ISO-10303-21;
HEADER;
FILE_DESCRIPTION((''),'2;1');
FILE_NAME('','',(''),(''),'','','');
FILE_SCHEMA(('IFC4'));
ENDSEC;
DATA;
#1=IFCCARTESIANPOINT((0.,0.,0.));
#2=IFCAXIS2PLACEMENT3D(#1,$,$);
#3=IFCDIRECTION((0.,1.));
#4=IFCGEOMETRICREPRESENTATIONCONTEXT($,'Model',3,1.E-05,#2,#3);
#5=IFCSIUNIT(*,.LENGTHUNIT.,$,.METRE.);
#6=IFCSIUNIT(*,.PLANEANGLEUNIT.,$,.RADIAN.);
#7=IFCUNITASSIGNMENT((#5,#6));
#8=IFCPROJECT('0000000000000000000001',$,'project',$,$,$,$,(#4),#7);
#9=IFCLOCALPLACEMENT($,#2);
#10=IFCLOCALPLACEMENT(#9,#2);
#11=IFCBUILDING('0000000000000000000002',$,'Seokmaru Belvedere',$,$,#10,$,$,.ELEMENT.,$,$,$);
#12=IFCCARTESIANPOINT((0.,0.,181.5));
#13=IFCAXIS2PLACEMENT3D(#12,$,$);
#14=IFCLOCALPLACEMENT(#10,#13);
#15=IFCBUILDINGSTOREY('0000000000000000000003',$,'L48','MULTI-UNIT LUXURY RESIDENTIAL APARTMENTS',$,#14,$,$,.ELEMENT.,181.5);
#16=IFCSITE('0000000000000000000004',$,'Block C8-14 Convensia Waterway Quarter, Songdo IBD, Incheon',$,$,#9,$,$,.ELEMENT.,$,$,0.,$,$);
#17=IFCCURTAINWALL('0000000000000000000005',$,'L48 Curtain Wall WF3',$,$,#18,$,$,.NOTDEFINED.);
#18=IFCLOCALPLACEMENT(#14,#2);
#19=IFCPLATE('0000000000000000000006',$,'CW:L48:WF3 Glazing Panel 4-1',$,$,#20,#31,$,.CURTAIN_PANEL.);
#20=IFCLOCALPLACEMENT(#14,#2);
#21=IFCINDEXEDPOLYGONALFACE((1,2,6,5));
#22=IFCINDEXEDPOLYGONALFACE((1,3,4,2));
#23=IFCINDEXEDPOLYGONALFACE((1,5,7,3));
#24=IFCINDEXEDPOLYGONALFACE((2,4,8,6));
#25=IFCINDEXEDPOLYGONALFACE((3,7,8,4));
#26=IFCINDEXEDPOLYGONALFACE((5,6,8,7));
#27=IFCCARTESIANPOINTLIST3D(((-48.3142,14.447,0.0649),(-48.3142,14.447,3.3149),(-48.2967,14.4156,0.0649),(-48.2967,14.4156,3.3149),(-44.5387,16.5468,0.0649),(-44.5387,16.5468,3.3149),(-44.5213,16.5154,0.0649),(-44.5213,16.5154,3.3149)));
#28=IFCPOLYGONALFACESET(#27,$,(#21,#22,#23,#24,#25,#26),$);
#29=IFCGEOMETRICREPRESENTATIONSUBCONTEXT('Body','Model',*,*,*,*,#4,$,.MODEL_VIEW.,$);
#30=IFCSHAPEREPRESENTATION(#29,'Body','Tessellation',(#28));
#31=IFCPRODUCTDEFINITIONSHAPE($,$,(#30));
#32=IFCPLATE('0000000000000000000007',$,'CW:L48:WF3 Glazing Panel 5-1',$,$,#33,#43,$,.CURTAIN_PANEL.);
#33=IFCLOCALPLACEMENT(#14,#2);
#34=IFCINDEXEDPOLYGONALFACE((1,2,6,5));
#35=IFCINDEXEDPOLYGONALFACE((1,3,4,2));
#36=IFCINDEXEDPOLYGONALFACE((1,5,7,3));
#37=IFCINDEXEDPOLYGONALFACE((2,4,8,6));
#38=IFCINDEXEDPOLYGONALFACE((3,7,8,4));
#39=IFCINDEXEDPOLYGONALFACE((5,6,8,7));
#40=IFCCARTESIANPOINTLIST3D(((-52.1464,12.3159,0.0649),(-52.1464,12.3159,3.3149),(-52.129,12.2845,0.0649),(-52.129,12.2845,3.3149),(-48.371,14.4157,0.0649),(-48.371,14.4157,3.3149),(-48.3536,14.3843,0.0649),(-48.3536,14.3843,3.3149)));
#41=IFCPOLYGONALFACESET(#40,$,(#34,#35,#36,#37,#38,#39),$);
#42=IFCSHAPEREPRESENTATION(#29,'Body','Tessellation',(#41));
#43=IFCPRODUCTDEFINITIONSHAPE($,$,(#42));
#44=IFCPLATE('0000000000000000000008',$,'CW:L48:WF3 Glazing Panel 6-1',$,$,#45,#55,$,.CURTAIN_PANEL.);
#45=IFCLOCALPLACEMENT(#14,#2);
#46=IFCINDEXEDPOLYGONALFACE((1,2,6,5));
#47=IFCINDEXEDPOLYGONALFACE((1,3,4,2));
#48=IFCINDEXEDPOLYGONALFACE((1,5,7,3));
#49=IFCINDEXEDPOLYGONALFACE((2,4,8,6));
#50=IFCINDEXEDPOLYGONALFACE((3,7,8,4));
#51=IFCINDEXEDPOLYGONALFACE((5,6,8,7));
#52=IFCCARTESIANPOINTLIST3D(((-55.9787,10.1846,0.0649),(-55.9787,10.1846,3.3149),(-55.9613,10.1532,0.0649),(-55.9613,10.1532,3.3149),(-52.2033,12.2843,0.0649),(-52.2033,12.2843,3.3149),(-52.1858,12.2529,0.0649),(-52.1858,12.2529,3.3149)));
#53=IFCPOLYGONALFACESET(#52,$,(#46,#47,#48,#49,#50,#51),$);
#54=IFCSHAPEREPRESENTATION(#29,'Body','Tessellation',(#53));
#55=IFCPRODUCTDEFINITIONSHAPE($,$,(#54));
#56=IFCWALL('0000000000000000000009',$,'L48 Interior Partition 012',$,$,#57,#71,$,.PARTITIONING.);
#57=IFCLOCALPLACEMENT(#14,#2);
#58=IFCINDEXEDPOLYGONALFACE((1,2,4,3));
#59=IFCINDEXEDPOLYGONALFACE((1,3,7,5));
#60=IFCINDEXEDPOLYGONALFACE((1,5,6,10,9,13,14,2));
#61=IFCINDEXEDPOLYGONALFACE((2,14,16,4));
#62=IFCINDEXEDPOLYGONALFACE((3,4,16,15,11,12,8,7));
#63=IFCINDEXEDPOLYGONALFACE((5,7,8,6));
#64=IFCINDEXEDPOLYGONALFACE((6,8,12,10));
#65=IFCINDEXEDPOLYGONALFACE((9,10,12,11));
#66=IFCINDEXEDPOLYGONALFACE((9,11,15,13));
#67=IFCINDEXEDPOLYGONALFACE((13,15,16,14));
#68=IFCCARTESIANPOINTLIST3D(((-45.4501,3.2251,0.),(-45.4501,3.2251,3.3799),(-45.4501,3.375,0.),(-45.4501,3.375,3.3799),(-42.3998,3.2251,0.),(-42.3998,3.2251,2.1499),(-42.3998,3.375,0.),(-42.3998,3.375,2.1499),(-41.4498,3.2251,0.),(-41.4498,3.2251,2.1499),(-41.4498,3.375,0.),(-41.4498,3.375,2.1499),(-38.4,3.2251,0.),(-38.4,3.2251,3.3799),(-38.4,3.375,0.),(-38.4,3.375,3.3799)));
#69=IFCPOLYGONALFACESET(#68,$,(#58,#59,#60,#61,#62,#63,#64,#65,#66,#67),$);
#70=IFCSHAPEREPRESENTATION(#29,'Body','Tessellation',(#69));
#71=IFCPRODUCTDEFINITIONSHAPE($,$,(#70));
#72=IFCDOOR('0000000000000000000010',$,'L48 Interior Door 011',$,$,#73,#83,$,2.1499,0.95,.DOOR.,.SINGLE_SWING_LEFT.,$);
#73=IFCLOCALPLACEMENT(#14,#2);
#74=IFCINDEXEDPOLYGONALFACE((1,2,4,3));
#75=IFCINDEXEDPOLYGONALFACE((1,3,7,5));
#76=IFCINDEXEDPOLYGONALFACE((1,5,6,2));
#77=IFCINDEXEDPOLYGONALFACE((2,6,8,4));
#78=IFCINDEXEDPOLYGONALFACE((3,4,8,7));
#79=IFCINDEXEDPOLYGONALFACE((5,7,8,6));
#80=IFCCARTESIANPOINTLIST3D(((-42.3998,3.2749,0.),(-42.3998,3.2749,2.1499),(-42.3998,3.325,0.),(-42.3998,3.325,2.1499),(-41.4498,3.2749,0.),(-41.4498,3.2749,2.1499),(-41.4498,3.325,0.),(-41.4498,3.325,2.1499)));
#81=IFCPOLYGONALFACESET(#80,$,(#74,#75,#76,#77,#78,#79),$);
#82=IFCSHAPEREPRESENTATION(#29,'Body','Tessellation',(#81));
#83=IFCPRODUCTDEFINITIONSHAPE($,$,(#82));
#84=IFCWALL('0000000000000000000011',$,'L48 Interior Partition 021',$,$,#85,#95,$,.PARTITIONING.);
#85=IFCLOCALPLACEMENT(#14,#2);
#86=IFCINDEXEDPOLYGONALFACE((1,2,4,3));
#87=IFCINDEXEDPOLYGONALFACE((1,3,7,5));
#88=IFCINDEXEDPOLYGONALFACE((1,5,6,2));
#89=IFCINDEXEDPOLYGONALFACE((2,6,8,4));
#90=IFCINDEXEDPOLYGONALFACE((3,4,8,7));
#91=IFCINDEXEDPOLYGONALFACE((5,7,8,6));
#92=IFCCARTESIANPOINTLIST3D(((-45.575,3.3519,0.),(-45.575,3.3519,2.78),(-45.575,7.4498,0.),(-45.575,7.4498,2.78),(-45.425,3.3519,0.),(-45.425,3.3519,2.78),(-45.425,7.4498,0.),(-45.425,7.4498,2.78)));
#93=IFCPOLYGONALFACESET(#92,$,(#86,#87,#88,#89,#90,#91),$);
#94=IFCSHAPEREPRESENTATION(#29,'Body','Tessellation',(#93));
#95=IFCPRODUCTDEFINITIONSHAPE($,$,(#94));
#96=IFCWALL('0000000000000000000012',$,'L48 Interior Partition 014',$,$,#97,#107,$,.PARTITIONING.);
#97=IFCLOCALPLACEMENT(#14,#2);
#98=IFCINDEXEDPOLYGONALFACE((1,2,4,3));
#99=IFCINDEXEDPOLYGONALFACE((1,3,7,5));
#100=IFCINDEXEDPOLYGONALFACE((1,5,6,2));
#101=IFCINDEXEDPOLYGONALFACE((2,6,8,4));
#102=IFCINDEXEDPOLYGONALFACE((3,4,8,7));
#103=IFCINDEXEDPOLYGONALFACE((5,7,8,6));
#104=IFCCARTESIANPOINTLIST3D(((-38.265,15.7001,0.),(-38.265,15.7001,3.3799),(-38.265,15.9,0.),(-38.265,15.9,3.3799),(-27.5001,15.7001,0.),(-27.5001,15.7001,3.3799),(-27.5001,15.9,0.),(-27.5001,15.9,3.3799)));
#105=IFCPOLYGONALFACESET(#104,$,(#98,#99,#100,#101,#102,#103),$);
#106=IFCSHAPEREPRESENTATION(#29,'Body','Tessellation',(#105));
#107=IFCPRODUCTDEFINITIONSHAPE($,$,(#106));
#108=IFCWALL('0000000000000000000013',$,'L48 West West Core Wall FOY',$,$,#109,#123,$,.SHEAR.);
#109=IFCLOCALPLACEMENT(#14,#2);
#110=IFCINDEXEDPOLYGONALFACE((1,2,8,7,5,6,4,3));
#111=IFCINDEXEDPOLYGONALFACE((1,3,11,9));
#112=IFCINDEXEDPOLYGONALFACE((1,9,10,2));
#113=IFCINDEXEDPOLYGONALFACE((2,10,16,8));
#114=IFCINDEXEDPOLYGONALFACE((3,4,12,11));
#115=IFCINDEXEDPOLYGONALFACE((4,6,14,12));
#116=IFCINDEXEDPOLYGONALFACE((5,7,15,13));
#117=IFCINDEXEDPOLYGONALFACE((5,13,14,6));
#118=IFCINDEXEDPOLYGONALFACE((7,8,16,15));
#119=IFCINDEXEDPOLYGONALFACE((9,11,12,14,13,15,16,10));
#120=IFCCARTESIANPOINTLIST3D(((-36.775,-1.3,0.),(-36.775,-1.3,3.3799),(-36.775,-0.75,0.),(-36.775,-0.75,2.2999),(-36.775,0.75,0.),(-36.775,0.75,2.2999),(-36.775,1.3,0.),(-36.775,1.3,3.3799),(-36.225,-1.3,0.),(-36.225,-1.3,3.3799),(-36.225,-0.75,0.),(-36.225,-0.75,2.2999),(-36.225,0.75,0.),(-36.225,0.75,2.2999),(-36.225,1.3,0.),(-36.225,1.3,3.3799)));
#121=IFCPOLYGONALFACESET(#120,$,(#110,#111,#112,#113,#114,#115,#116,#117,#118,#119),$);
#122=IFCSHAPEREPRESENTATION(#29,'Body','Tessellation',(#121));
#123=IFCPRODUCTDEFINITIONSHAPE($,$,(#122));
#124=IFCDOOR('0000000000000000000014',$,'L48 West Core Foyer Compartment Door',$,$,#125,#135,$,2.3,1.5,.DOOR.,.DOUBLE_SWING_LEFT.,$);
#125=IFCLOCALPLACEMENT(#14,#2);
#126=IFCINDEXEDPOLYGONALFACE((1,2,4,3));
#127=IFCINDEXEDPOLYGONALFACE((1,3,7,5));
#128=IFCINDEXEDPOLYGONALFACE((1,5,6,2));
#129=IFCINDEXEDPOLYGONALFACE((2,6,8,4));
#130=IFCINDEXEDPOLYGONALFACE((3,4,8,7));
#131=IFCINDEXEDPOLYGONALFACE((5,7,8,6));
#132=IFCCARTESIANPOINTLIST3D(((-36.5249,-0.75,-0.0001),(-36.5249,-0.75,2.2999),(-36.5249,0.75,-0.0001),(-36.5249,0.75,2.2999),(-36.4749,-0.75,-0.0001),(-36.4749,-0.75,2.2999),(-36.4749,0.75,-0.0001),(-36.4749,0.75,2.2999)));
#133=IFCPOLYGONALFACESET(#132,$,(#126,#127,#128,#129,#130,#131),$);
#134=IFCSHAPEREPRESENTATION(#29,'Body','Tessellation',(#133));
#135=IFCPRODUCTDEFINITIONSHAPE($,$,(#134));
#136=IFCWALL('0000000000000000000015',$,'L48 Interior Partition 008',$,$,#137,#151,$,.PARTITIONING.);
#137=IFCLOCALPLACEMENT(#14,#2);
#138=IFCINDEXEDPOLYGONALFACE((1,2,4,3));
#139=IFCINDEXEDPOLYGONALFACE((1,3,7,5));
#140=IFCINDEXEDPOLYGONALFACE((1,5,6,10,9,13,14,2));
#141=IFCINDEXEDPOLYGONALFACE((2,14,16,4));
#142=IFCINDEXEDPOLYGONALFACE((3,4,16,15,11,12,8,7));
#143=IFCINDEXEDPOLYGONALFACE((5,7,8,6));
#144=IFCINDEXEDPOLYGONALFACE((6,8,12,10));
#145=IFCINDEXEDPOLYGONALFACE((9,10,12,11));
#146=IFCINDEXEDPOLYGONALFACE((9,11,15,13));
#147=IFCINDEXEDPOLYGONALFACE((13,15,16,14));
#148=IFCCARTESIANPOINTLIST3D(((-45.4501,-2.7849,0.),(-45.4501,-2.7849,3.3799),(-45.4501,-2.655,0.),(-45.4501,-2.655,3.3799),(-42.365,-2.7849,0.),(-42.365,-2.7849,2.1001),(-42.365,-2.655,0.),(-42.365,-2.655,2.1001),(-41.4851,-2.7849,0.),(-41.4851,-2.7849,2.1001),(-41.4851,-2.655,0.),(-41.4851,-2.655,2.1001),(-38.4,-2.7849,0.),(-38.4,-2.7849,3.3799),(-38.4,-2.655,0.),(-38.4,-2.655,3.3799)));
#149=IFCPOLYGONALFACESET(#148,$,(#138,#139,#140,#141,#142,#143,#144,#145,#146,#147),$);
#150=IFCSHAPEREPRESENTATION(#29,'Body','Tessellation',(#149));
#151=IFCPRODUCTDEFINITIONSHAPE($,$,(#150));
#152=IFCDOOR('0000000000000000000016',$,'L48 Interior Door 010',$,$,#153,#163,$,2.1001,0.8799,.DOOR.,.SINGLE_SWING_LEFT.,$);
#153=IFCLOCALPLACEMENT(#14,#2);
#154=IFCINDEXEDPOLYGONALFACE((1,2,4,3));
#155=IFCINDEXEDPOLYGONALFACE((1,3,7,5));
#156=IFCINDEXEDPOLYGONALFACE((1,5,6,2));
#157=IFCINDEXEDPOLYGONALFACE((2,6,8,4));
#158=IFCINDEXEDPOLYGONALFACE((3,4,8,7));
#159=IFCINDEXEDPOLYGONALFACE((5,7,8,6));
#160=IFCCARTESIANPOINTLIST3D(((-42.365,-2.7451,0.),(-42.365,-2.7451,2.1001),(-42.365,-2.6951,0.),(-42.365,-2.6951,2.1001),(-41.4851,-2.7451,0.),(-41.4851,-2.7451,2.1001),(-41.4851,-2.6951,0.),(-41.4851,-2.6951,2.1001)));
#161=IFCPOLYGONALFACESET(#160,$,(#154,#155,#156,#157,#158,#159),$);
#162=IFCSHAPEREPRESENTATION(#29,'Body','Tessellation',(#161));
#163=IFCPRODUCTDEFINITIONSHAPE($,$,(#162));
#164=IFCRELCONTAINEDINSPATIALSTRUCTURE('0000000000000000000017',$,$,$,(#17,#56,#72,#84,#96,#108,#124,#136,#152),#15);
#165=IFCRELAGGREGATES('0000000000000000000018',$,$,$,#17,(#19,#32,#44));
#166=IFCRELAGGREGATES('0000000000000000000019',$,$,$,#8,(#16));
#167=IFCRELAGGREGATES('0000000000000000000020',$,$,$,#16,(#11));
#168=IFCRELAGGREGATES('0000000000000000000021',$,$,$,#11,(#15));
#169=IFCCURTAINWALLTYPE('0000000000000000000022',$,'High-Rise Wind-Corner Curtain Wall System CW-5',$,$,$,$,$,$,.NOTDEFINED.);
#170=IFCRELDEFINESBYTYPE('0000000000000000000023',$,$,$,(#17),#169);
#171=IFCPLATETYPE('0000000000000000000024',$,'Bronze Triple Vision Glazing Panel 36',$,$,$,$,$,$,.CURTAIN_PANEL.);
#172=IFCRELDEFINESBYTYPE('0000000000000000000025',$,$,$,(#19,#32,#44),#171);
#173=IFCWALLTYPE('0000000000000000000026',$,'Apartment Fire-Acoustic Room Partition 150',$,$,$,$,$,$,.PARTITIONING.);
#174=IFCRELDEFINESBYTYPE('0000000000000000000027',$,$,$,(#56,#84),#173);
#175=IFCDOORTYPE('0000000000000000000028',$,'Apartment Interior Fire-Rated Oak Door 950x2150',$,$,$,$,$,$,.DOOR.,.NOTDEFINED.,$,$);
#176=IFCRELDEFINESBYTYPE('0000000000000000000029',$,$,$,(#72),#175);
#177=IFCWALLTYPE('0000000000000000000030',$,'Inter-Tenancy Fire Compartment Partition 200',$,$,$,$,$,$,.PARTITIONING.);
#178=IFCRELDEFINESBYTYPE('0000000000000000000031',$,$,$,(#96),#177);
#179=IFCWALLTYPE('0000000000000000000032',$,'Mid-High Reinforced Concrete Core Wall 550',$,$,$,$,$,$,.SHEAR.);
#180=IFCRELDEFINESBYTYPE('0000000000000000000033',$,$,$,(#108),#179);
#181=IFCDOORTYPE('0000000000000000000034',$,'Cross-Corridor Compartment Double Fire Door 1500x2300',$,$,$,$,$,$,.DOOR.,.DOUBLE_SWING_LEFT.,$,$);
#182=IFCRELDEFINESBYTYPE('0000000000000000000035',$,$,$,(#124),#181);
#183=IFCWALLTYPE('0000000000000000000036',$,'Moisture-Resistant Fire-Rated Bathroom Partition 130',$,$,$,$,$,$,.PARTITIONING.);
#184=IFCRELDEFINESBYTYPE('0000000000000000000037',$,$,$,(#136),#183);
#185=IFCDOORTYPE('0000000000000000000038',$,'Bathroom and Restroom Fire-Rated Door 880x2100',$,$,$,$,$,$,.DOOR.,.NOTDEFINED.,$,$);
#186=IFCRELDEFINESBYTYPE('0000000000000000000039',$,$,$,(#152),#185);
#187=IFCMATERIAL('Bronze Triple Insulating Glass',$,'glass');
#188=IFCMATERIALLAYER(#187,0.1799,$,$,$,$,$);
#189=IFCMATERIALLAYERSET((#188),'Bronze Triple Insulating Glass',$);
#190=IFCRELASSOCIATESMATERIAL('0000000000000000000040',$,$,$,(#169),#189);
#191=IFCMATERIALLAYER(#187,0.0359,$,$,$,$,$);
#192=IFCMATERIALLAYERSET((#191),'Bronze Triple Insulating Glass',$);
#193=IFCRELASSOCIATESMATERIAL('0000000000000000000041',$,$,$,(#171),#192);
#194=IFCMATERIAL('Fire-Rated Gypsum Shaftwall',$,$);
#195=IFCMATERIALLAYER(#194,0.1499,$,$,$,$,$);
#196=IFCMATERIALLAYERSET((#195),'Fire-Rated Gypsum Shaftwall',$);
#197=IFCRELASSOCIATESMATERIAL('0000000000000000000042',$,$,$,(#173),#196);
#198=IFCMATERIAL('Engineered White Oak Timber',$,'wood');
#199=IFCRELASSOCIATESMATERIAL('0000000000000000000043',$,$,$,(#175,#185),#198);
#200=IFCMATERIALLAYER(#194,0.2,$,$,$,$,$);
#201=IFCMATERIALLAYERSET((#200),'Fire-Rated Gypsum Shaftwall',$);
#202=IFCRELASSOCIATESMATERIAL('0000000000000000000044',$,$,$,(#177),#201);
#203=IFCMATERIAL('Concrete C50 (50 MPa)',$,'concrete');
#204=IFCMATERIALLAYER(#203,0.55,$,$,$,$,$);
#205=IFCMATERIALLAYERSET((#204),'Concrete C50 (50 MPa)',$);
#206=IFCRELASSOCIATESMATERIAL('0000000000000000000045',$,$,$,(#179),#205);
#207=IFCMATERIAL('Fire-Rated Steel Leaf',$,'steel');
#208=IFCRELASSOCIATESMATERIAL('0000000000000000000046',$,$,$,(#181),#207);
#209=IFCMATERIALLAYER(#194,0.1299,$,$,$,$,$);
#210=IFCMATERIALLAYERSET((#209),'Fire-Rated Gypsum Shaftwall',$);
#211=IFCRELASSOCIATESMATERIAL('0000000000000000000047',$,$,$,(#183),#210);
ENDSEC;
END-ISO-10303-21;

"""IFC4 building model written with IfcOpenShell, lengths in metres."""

from ifc_helpers import new_model, si_unit, direction, frame, frame_2d, origin, origin_2d, place, context, subcontext, project, spatial, rectangle, extrude, source, transform, mapped, material, layer, layer_set, type_object, type_shapes, element, fill, aggregate, save


model = new_model("IFC4")

# Units and contexts
model_context = context("Model", 3, precision=1e-05, world=origin(), true_north=direction((0.0, 1.0)))
body_context = subcontext(model_context, "Body", "Model", "MODEL_VIEW")
ifc_project = project(units=[si_unit("LENGTHUNIT", "METRE"), si_unit("PLANEANGLEUNIT", "RADIAN")], contexts=[model_context])

# Site, building, storey
site_placement = place(None, origin())
site = spatial("IfcSite", under=ifc_project, at=site_placement, Name="Block C8-14 Convensia Waterway Quarter, Songdo IBD, Incheon", CompositionType="ELEMENT", RefElevation=0.0)
building_placement = place(site_placement, origin())
building = spatial("IfcBuilding", under=site, at=building_placement, Name="Seokmaru Belvedere", CompositionType="ELEMENT")
storey_placement = place(building_placement, frame((0.0, 0.0, 181.5)))
storey = spatial("IfcBuildingStorey", under=building, at=storey_placement, Name="L48", Description="MULTI-UNIT LUXURY RESIDENTIAL APARTMENTS", CompositionType="ELEMENT", Elevation=181.5)

# Curtain wall, plates
ifc_material_1 = material(Name="Bronze Triple Insulating Glass", Category="glass")
ifc_layer_1 = layer(ifc_material_1, 0.1799)
ifc_layer_set_1 = layer_set([ifc_layer_1], Name="Bronze Triple Insulating Glass")
curtain_wall_type = type_object("IfcCurtainWallType", Name="High-Rise Wind-Corner Curtain Wall System CW-5", PredefinedType="NOTDEFINED", material=ifc_layer_set_1)
curtain_wall_placement = place(storey_placement, origin())
curtain_wall = element("IfcCurtainWall", 1, at=curtain_wall_placement, inside=storey, type_object=curtain_wall_type, Name="L48 Curtain Wall WF3", PredefinedType="NOTDEFINED")
ifc_layer_2 = layer(ifc_material_1, 0.0359)
ifc_layer_set_2 = layer_set([ifc_layer_2], Name="Bronze Triple Insulating Glass")
plate_type = type_object("IfcPlateType", Name="Bronze Triple Vision Glazing Panel 36", PredefinedType="CURTAIN_PANEL", material=ifc_layer_set_2)
shared_shape_1 = source(origin(), body_context, "Body", "SweptSolid", [
    extrude(rectangle(XDim=4.3201, YDim=0.0359, at=origin_2d()), origin(), (0.0, 0.0, 1.0), 3.25),
])
type_shapes(plate_type, [shared_shape_1])
plate_1_placement = place(storey_placement, frame((-46.4177, 15.4812, 0.0649), z_axis=(0.0, 0.0, 1.0), x_axis=(-0.873933, -0.486047, 0.0)))
plate_1 = element("IfcPlate", 2, at=plate_1_placement, type_object=plate_type, Name="CW:L48:WF3 Glazing Panel 4-1", PredefinedType="CURTAIN_PANEL", context=body_context, shape_type="MappedRepresentation", body=[
    mapped(shared_shape_1, transform((0.0, 0.0, 0.0), scale=1.0)),
])
plate_2_placement = place(storey_placement, frame((-50.25, 13.3501, 0.0649), z_axis=(0.0, 0.0, 1.0), x_axis=(-0.873933, -0.486047, 0.0)))
plate_2 = element("IfcPlate", 3, at=plate_2_placement, type_object=plate_type, Name="CW:L48:WF3 Glazing Panel 5-1", PredefinedType="CURTAIN_PANEL", context=body_context, shape_type="MappedRepresentation", body=[
    mapped(shared_shape_1, transform((0.0, 0.0, 0.0), scale=1.0)),
])
plate_3_placement = place(storey_placement, frame((-54.0823, 11.2188, 0.0649), z_axis=(0.0, 0.0, 1.0), x_axis=(-0.873933, -0.486047, 0.0)))
plate_3 = element("IfcPlate", 4, at=plate_3_placement, type_object=plate_type, Name="CW:L48:WF3 Glazing Panel 6-1", PredefinedType="CURTAIN_PANEL", context=body_context, shape_type="MappedRepresentation", body=[
    mapped(shared_shape_1, transform((0.0, 0.0, 0.0), scale=1.0)),
])
aggregate(curtain_wall, [plate_1, plate_2, plate_3])

# Wall, opening, door
ifc_material_2 = material(Name="Fire-Rated Gypsum Shaftwall")
ifc_layer_3 = layer(ifc_material_2, 0.1499)
ifc_layer_set_3 = layer_set([ifc_layer_3], Name="Fire-Rated Gypsum Shaftwall")
wall_type_1 = type_object("IfcWallType", Name="Apartment Fire-Acoustic Room Partition 150", PredefinedType="PARTITIONING", material=ifc_layer_set_3)
wall_1_placement = place(storey_placement, frame((-45.45, 3.3, 0.0), z_axis=(0.0, 0.0, 1.0), x_axis=(1.0, 0.0, 0.0)))
wall_1 = element("IfcWall", 5, at=wall_1_placement, inside=storey, type_object=wall_type_1, Name="L48 Interior Partition 012", PredefinedType="PARTITIONING", context=body_context, shape_type="SweptSolid", body=[
    extrude(rectangle(XDim=7.05, YDim=0.1499, at=frame_2d((3.5249, 0.0))), origin(), (0.0, 0.0, 1.0), 3.3799),
])
opening_1_placement = place(wall_1_placement, frame((3.05, 0.0, 0.0)))
opening_1 = element("IfcOpeningElement", 6, at=opening_1_placement, cuts=wall_1, PredefinedType="OPENING", context=body_context, shape_type="SweptSolid", body=[
    extrude(rectangle(XDim=0.95, YDim=2.1499, at=frame_2d((0.4751, 1.075))), frame((0.0, 0.085, 0.0), z_axis=(0.0, -1.0, 0.0), x_axis=(1.0, 0.0, 0.0)), (0.0, 0.0, 1.0), 0.1699),
])
ifc_material_3 = material(Name="Engineered White Oak Timber", Category="wood")
door_type_1 = type_object("IfcDoorType", Name="Apartment Interior Fire-Rated Oak Door 950x2150", OperationType="NOTDEFINED", PredefinedType="DOOR", material=ifc_material_3)
shared_shape_2 = source(origin(), body_context, "Body", "SweptSolid", [
    extrude(rectangle(XDim=0.95, YDim=2.1499, at=frame_2d((0.4751, 1.075))), frame((0.0, 0.0249, 0.0), z_axis=(0.0, -1.0, 0.0), x_axis=(1.0, 0.0, 0.0)), (0.0, 0.0, 1.0), 0.05),
])
type_shapes(door_type_1, [shared_shape_2])
door_1_placement = place(opening_1_placement, origin())
door_1 = element("IfcDoor", 7, at=door_1_placement, inside=storey, type_object=door_type_1, Name="L48 Interior Door 011", OperationType="SINGLE_SWING_LEFT", OverallHeight=2.1499, OverallWidth=0.95, PredefinedType="DOOR", context=body_context, shape_type="MappedRepresentation", body=[
    mapped(shared_shape_2, transform((0.0, 0.0, 0.0), scale=1.0)),
])
fill(opening_1, door_1)

# Walls
wall_2_placement = place(storey_placement, frame((-45.5, 3.3521, 0.0), z_axis=(0.0, 0.0, 1.0), x_axis=(0.0, 1.0, 0.0)))
element("IfcWall", 8, at=wall_2_placement, inside=storey, type_object=wall_type_1, Name="L48 Interior Partition 021", PredefinedType="PARTITIONING", context=body_context, shape_type="SweptSolid", body=[
    extrude(rectangle(XDim=4.0979, YDim=0.1499, at=frame_2d((2.0488, 0.0))), origin(), (0.0, 0.0, 1.0), 2.78),
])
ifc_layer_4 = layer(ifc_material_2, 0.2)
ifc_layer_set_4 = layer_set([ifc_layer_4], Name="Fire-Rated Gypsum Shaftwall")
wall_type_2 = type_object("IfcWallType", Name="Inter-Tenancy Fire Compartment Partition 200", PredefinedType="PARTITIONING", material=ifc_layer_set_4)
wall_3_placement = place(storey_placement, frame((-38.2649, 15.8, 0.0), z_axis=(0.0, 0.0, 1.0), x_axis=(1.0, 0.0, 0.0)))
element("IfcWall", 9, at=wall_3_placement, inside=storey, type_object=wall_type_2, Name="L48 Interior Partition 014", PredefinedType="PARTITIONING", context=body_context, shape_type="SweptSolid", body=[
    extrude(rectangle(XDim=10.7649, YDim=0.2, at=frame_2d((5.3823, 0.0))), origin(), (0.0, 0.0, 1.0), 3.3799),
])

# Walls, openings, doors
ifc_material_4 = material(Name="Concrete C50 (50 MPa)", Category="concrete")
ifc_layer_5 = layer(ifc_material_4, 0.55)
ifc_layer_set_5 = layer_set([ifc_layer_5], Name="Concrete C50 (50 MPa)")
wall_type_3 = type_object("IfcWallType", Name="Mid-High Reinforced Concrete Core Wall 550", PredefinedType="SHEAR", material=ifc_layer_set_5)
wall_4_placement = place(storey_placement, frame((-36.5, -1.3, 0.0), z_axis=(0.0, 0.0, 1.0), x_axis=(0.0, 1.0, 0.0)))
wall_4 = element("IfcWall", 10, at=wall_4_placement, inside=storey, type_object=wall_type_3, Name="L48 West West Core Wall FOY", PredefinedType="SHEAR", context=body_context, shape_type="SweptSolid", body=[
    extrude(rectangle(XDim=2.6001, YDim=0.55, at=frame_2d((1.3, 0.0))), origin(), (0.0, 0.0, 1.0), 3.3799),
])
opening_2_placement = place(wall_4_placement, frame((0.55, 0.0, 0.0)))
opening_2 = element("IfcOpeningElement", 11, at=opening_2_placement, cuts=wall_4, PredefinedType="OPENING", context=body_context, shape_type="SweptSolid", body=[
    extrude(rectangle(XDim=1.5, YDim=2.3, at=frame_2d((0.75, 1.1499))), frame((0.0, 0.2852, 0.0), z_axis=(0.0, -1.0, 0.0), x_axis=(1.0, 0.0, 0.0)), (0.0, 0.0, 1.0), 0.5701),
])
ifc_material_5 = material(Name="Fire-Rated Steel Leaf", Category="steel")
door_type_2 = type_object("IfcDoorType", Name="Cross-Corridor Compartment Double Fire Door 1500x2300", OperationType="DOUBLE_SWING_LEFT", PredefinedType="DOOR", material=ifc_material_5)
shared_shape_3 = source(origin(), body_context, "Body", "SweptSolid", [
    extrude(rectangle(XDim=1.5, YDim=2.3, at=frame_2d((0.75, 1.1499))), frame((0.0, 0.0249, 0.0), z_axis=(0.0, -1.0, 0.0), x_axis=(1.0, 0.0, 0.0)), (0.0, 0.0, 1.0), 0.05),
])
type_shapes(door_type_2, [shared_shape_3])
door_2_placement = place(opening_2_placement, origin())
door_2 = element("IfcDoor", 12, at=door_2_placement, inside=storey, type_object=door_type_2, Name="L48 West Core Foyer Compartment Door", OperationType="DOUBLE_SWING_LEFT", OverallHeight=2.3, OverallWidth=1.5, PredefinedType="DOOR", context=body_context, shape_type="MappedRepresentation", body=[
    mapped(shared_shape_3, transform((0.0, 0.0, 0.0), scale=1.0)),
])
fill(opening_2, door_2)
ifc_layer_6 = layer(ifc_material_2, 0.1299)
ifc_layer_set_6 = layer_set([ifc_layer_6], Name="Fire-Rated Gypsum Shaftwall")
wall_type_4 = type_object("IfcWallType", Name="Moisture-Resistant Fire-Rated Bathroom Partition 130", PredefinedType="PARTITIONING", material=ifc_layer_set_6)
wall_5_placement = place(storey_placement, frame((-45.45, -2.72, 0.0), z_axis=(0.0, 0.0, 1.0), x_axis=(1.0, 0.0, 0.0)))
wall_5 = element("IfcWall", 13, at=wall_5_placement, inside=storey, type_object=wall_type_4, Name="L48 Interior Partition 008", PredefinedType="PARTITIONING", context=body_context, shape_type="SweptSolid", body=[
    extrude(rectangle(XDim=7.05, YDim=0.1299, at=frame_2d((3.5249, 0.0))), origin(), (0.0, 0.0, 1.0), 3.3799),
])
opening_3_placement = place(wall_5_placement, frame((3.085, 0.0, 0.0)))
opening_3 = element("IfcOpeningElement", 14, at=opening_3_placement, cuts=wall_5, PredefinedType="OPENING", context=body_context, shape_type="SweptSolid", body=[
    extrude(rectangle(XDim=0.8799, YDim=2.1001, at=frame_2d((0.4399, 1.05))), frame((0.0, 0.075, 0.0), z_axis=(0.0, -1.0, 0.0), x_axis=(1.0, 0.0, 0.0)), (0.0, 0.0, 1.0), 0.1499),
])
door_type_3 = type_object("IfcDoorType", Name="Bathroom and Restroom Fire-Rated Door 880x2100", OperationType="NOTDEFINED", PredefinedType="DOOR", material=ifc_material_3)
shared_shape_4 = source(origin(), body_context, "Body", "SweptSolid", [
    extrude(rectangle(XDim=0.8799, YDim=2.1001, at=frame_2d((0.4399, 1.05))), frame((0.0, 0.0249, 0.0), z_axis=(0.0, -1.0, 0.0), x_axis=(1.0, 0.0, 0.0)), (0.0, 0.0, 1.0), 0.05),
])
type_shapes(door_type_3, [shared_shape_4])
door_3_placement = place(opening_3_placement, origin())
door_3 = element("IfcDoor", 15, at=door_3_placement, inside=storey, type_object=door_type_3, Name="L48 Interior Door 010", OperationType="SINGLE_SWING_LEFT", OverallHeight=2.1001, OverallWidth=0.8799, PredefinedType="DOOR", context=body_context, shape_type="MappedRepresentation", body=[
    mapped(shared_shape_4, transform((0.0, 0.0, 0.0), scale=1.0)),
])
fill(opening_3, door_3)

save(model, "model.ifc")
